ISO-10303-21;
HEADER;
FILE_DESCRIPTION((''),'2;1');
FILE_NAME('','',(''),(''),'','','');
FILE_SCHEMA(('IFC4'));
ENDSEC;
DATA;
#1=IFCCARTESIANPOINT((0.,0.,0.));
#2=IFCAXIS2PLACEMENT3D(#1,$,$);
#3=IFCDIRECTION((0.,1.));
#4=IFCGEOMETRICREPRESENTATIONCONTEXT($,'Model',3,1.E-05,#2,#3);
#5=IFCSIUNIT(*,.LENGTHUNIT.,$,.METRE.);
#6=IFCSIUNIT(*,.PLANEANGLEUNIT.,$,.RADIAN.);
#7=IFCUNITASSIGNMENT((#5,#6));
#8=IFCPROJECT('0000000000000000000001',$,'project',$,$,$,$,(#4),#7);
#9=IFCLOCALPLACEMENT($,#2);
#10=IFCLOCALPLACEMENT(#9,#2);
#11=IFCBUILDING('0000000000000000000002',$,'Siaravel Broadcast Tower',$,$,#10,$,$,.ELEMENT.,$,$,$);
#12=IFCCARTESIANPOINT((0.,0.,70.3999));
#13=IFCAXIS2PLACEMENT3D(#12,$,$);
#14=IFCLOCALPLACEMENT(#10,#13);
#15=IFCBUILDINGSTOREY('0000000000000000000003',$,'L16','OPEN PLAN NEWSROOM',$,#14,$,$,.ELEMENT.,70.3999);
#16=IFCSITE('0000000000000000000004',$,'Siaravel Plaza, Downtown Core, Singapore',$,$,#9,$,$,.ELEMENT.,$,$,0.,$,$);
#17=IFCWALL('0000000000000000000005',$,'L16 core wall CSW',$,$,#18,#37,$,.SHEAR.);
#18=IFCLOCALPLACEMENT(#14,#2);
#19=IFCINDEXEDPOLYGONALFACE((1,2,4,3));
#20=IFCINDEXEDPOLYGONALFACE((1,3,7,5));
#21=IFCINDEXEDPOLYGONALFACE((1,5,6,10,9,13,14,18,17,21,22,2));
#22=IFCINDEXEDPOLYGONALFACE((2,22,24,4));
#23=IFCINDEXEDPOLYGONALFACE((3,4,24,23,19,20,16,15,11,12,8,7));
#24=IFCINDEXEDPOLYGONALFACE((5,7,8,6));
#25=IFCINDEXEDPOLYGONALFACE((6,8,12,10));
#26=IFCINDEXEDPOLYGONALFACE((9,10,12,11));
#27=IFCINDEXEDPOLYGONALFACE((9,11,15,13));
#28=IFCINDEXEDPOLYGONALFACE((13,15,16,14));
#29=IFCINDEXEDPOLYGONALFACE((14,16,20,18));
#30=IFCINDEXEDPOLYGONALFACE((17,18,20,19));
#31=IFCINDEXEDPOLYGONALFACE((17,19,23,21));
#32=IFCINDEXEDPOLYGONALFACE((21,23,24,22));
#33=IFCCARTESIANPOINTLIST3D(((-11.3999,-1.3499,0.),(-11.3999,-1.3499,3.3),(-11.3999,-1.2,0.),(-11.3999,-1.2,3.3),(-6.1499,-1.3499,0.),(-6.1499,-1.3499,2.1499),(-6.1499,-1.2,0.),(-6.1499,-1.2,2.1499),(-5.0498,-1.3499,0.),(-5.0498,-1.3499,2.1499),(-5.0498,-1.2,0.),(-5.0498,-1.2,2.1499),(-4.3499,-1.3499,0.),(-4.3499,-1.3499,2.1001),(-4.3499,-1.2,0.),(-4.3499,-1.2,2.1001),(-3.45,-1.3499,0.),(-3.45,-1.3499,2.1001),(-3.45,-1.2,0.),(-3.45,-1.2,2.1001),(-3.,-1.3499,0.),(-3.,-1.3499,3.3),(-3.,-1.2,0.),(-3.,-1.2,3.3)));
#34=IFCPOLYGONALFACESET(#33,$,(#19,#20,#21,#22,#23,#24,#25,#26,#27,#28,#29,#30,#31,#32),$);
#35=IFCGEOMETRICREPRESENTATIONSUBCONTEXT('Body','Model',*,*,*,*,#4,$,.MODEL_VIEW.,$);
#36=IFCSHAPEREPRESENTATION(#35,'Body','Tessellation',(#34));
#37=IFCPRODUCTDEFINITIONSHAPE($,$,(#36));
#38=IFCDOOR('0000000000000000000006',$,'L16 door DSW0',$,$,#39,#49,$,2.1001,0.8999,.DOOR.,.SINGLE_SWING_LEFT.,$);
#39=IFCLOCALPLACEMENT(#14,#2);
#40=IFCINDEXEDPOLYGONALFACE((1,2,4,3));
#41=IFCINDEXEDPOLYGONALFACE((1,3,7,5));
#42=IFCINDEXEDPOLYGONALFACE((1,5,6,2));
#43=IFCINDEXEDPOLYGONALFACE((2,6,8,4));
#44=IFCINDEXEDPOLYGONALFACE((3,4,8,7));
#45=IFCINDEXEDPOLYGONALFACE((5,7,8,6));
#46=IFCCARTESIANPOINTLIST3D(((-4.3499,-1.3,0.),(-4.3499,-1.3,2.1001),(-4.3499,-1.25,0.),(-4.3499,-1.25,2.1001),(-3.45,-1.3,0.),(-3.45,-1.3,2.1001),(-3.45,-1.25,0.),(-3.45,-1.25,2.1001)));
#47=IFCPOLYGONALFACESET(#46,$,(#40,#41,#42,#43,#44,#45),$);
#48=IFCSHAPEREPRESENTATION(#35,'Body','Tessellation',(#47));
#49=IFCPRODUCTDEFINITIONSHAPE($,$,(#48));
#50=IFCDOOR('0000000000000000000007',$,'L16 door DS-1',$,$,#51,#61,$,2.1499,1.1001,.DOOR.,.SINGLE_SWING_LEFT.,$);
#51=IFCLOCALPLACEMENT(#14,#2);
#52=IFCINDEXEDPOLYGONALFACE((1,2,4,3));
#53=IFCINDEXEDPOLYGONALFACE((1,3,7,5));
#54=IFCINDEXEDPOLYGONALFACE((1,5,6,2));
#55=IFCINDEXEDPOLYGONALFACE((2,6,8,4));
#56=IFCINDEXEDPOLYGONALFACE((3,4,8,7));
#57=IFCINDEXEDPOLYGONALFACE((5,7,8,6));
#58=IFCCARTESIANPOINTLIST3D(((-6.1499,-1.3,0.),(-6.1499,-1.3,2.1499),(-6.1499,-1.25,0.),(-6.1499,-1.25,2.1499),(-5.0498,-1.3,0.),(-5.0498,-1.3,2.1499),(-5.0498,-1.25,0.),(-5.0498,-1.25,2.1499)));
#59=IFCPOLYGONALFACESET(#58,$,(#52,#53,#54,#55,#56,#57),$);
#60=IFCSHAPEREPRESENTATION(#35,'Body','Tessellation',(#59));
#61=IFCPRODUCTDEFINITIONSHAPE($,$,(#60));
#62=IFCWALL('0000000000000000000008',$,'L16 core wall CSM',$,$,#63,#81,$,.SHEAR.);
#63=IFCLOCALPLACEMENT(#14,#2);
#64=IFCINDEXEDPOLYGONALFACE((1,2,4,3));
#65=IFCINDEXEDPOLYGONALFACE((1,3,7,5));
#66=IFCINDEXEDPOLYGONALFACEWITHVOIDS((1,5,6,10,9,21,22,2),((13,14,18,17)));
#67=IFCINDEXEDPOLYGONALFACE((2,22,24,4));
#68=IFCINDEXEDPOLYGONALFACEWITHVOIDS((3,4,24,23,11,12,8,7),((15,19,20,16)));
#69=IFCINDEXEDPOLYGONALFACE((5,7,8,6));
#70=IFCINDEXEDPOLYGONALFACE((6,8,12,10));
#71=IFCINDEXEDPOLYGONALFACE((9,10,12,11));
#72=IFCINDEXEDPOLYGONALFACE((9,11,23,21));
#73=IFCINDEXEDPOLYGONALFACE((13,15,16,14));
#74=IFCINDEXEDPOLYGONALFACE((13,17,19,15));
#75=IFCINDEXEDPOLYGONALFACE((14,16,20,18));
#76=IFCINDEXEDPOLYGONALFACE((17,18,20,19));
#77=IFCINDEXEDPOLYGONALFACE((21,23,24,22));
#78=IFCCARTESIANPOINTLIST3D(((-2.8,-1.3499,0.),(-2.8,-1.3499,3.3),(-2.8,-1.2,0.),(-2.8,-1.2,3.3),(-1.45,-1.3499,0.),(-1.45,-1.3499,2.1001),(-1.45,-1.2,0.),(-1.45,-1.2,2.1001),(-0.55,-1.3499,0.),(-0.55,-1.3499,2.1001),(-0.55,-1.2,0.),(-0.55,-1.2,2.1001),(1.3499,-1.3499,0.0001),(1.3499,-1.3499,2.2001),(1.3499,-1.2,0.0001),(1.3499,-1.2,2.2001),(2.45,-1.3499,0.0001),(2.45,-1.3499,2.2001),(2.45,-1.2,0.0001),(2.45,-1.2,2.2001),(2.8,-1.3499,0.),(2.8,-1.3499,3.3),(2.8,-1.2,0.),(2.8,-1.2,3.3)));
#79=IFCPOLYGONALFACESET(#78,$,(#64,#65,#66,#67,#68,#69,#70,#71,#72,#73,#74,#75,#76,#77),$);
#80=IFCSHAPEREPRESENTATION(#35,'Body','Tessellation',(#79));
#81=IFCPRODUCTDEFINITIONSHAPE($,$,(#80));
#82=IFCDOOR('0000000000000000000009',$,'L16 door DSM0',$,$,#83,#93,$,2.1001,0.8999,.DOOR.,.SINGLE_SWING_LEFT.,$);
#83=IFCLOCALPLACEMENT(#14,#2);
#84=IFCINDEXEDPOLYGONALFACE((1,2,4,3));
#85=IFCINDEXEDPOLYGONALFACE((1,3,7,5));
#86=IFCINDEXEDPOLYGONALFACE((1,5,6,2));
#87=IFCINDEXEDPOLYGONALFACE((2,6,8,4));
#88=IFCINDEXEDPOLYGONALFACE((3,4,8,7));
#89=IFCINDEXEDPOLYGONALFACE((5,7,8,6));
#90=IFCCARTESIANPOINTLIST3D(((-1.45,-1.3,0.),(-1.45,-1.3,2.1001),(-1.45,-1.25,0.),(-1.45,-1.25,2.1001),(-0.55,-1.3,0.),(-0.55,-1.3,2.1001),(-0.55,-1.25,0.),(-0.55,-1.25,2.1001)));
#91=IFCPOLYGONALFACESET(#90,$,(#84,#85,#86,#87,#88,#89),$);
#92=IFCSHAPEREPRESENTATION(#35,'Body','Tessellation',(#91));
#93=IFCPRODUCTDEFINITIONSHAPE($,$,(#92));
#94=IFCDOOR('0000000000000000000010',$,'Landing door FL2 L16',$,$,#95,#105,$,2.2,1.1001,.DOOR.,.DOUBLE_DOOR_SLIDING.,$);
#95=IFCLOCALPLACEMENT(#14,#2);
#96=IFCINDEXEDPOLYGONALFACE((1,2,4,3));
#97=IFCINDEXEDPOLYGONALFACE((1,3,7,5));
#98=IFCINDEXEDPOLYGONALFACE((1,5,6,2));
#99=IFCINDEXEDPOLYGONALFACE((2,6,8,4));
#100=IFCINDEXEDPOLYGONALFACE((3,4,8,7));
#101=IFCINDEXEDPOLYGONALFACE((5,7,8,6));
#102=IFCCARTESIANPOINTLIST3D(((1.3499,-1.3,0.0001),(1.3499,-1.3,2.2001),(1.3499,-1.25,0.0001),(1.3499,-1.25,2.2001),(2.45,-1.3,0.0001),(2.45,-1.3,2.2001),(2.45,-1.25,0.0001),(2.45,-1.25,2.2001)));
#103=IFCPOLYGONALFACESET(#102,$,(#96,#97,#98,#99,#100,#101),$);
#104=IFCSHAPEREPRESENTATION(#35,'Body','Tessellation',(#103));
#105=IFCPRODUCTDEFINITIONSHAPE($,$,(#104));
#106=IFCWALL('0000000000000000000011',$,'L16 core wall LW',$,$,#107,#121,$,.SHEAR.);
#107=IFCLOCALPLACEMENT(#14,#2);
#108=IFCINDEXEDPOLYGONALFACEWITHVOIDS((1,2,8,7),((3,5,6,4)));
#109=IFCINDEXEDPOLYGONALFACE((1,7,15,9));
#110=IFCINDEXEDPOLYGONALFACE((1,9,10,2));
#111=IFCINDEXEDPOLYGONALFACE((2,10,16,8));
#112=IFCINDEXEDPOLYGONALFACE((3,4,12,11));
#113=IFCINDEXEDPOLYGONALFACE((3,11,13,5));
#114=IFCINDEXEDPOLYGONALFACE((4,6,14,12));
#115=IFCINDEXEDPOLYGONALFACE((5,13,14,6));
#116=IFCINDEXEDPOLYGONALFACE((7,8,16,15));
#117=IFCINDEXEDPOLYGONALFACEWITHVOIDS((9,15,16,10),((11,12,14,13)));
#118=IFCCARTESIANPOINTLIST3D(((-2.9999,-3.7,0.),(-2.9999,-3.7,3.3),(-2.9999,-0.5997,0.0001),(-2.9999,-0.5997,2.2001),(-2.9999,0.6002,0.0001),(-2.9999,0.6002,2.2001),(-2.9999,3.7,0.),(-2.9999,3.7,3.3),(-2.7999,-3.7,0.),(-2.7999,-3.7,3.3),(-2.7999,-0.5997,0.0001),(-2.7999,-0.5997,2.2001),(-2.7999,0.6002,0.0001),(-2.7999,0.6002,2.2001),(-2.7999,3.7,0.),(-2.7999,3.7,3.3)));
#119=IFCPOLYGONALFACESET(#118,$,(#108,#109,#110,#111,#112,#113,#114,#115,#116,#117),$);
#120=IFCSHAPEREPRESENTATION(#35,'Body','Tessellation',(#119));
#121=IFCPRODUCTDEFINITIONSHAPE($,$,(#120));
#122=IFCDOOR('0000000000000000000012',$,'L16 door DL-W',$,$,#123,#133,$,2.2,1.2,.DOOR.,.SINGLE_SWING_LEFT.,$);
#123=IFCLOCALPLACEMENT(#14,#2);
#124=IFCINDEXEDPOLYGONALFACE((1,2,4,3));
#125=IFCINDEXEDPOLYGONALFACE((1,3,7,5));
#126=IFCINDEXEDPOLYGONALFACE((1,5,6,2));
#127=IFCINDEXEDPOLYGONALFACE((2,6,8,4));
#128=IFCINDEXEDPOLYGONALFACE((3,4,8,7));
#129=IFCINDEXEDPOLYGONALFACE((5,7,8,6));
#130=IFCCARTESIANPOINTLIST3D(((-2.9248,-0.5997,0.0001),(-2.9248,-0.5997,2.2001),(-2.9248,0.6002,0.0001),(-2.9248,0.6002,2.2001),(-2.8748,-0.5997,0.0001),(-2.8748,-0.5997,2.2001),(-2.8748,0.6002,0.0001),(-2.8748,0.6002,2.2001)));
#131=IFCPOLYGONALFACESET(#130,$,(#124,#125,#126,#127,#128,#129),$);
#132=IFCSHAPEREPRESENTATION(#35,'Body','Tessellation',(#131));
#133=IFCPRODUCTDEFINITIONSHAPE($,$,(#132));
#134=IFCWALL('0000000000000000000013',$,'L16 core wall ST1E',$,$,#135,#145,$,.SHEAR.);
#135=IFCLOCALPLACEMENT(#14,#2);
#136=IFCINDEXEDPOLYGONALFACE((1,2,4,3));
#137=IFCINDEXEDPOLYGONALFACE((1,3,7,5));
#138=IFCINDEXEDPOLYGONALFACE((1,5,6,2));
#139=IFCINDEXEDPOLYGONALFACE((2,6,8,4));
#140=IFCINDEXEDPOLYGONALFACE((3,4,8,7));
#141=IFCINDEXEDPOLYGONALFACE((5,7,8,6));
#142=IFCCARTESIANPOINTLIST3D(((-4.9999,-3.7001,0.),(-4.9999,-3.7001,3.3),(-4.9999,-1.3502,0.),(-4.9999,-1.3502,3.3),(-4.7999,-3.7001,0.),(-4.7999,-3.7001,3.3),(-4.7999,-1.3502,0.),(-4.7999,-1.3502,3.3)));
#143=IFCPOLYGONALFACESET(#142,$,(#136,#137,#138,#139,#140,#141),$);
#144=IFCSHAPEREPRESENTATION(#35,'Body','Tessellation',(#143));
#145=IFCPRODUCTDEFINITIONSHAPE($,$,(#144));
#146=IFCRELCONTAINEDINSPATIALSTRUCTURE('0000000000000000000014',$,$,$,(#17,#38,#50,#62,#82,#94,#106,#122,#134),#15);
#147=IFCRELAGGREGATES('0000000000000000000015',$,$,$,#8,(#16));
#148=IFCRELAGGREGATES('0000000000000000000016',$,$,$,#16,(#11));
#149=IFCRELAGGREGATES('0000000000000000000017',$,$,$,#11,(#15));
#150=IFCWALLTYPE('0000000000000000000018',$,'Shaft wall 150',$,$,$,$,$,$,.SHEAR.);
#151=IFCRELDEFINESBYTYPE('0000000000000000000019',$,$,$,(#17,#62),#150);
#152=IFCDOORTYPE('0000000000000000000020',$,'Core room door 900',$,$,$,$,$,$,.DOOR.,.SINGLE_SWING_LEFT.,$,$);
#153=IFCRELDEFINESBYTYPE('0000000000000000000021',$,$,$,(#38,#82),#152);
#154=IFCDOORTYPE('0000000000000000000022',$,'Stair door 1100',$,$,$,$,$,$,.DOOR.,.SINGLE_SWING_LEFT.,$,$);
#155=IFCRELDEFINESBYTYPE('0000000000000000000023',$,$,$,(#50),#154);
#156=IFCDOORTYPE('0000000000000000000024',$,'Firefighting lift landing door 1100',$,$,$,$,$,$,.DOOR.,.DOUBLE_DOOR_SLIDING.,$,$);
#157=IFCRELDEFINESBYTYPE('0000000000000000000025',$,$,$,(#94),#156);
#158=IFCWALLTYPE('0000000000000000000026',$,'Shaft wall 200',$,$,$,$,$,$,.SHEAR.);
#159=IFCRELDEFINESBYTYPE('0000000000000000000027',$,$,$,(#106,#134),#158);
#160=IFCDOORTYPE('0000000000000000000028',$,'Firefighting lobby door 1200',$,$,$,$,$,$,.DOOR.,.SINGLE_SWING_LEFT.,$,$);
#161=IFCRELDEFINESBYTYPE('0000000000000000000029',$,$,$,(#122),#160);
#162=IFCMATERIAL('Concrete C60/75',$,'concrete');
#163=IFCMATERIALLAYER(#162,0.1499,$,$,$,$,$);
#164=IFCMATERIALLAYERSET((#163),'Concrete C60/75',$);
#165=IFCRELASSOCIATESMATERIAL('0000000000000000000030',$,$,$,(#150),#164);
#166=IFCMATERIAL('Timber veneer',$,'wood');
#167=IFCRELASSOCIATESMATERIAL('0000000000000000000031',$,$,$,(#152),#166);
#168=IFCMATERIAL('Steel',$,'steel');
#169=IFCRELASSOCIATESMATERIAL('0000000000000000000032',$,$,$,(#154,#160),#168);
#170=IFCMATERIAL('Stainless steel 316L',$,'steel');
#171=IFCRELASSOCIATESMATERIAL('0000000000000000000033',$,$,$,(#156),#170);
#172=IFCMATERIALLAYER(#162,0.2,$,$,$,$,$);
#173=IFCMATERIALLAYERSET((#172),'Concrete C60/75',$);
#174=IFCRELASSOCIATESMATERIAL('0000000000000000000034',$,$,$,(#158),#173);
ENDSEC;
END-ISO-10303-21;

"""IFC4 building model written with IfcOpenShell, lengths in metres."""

from ifc_helpers import new_model, si_unit, direction, frame, frame_2d, origin, place, context, subcontext, project, spatial, rectangle, extrude, material, layer, layer_set, type_object, element, fill, save


model = new_model("IFC4")

# Units and contexts
model_context = context("Model", 3, precision=1e-05, world=origin(), true_north=direction((0.0, 1.0)))
body_context = subcontext(model_context, "Body", "Model", "MODEL_VIEW")
ifc_project = project(units=[si_unit("LENGTHUNIT", "METRE"), si_unit("PLANEANGLEUNIT", "RADIAN")], contexts=[model_context])

# Site, building, storey
site_placement = place(None, origin())
site = spatial("IfcSite", under=ifc_project, at=site_placement, Name="Siaravel Plaza, Downtown Core, Singapore", CompositionType="ELEMENT", RefElevation=0.0)
building_placement = place(site_placement, origin())
building = spatial("IfcBuilding", under=site, at=building_placement, Name="Siaravel Broadcast Tower", CompositionType="ELEMENT")
storey_placement = place(building_placement, frame((0.0, 0.0, 70.3999)))
storey = spatial("IfcBuildingStorey", under=building, at=storey_placement, Name="L16", Description="OPEN PLAN NEWSROOM", CompositionType="ELEMENT", Elevation=70.3999)

# Shared definitions
ifc_material_1 = material(Name="Timber veneer", Category="wood")

# Walls, openings, doors
ifc_material_2 = material(Name="Concrete C60/75", Category="concrete")
ifc_layer_1 = layer(ifc_material_2, 0.1499)
ifc_layer_set_1 = layer_set([ifc_layer_1], Name="Concrete C60/75")
wall_type_1 = type_object("IfcWallType", Name="Shaft wall 150", PredefinedType="SHEAR", material=ifc_layer_set_1)
wall_1_placement = place(storey_placement, frame((-11.3999, -1.2749, 0.0), z_axis=(0.0, 0.0, 1.0), x_axis=(1.0, 0.0, 0.0)))
wall_1 = element("IfcWall", 1, at=wall_1_placement, inside=storey, type_object=wall_type_1, Name="L16 core wall CSW", PredefinedType="SHEAR", context=body_context, shape_type="SweptSolid", body=[
    extrude(rectangle(XDim=8.3999, YDim=0.1499, at=frame_2d((4.2, 0.0))), origin(), (0.0, 0.0, 1.0), 3.3),
])
opening_1_placement = place(wall_1_placement, frame((5.25, 0.0, 0.0)))
opening_1 = element("IfcOpeningElement", 2, at=opening_1_placement, cuts=wall_1, PredefinedType="OPENING", context=body_context, shape_type="SweptSolid", body=[
    extrude(rectangle(XDim=1.1001, YDim=2.1499, at=frame_2d((0.55, 1.075))), frame((0.0, 0.085, 0.0), z_axis=(0.0, -1.0, 0.0), x_axis=(1.0, 0.0, 0.0)), (0.0, 0.0, 1.0), 0.1699),
])
opening_2_placement = place(wall_1_placement, frame((7.05, 0.0, 0.0)))
opening_2 = element("IfcOpeningElement", 3, at=opening_2_placement, cuts=wall_1, PredefinedType="OPENING", context=body_context, shape_type="SweptSolid", body=[
    extrude(rectangle(XDim=0.8999, YDim=2.1001, at=frame_2d((0.45, 1.05))), frame((0.0, 0.085, 0.0), z_axis=(0.0, -1.0, 0.0), x_axis=(1.0, 0.0, 0.0)), (0.0, 0.0, 1.0), 0.1699),
])
door_type_1 = type_object("IfcDoorType", Name="Core room door 900", OperationType="SINGLE_SWING_LEFT", PredefinedType="DOOR", material=ifc_material_1)
door_1_placement = place(opening_2_placement, origin())
door_1 = element("IfcDoor", 4, at=door_1_placement, inside=storey, type_object=door_type_1, Name="L16 door DSW0", OperationType="SINGLE_SWING_LEFT", OverallHeight=2.1001, OverallWidth=0.8999, PredefinedType="DOOR", context=body_context, shape_type="SweptSolid", body=[
    extrude(rectangle(XDim=0.8999, YDim=2.1001, at=frame_2d((0.45, 1.05))), frame((0.0, 0.0249, 0.0), z_axis=(0.0, -1.0, 0.0), x_axis=(1.0, 0.0, 0.0)), (0.0, 0.0, 1.0), 0.05),
])
fill(opening_2, door_1)
ifc_material_3 = material(Name="Steel", Category="steel")
door_type_2 = type_object("IfcDoorType", Name="Stair door 1100", OperationType="SINGLE_SWING_LEFT", PredefinedType="DOOR", material=ifc_material_3)
door_2_placement = place(opening_1_placement, origin())
door_2 = element("IfcDoor", 5, at=door_2_placement, inside=storey, type_object=door_type_2, Name="L16 door DS-1", OperationType="SINGLE_SWING_LEFT", OverallHeight=2.1499, OverallWidth=1.1001, PredefinedType="DOOR", context=body_context, shape_type="SweptSolid", body=[
    extrude(rectangle(XDim=1.1001, YDim=2.1499, at=frame_2d((0.55, 1.075))), frame((0.0, 0.0249, 0.0), z_axis=(0.0, -1.0, 0.0), x_axis=(1.0, 0.0, 0.0)), (0.0, 0.0, 1.0), 0.05),
])
fill(opening_1, door_2)
wall_2_placement = place(storey_placement, frame((-2.8, -1.2749, 0.0), z_axis=(0.0, 0.0, 1.0), x_axis=(1.0, 0.0, 0.0)))
wall_2 = element("IfcWall", 6, at=wall_2_placement, inside=storey, type_object=wall_type_1, Name="L16 core wall CSM", PredefinedType="SHEAR", context=body_context, shape_type="SweptSolid", body=[
    extrude(rectangle(XDim=5.6001, YDim=0.1499, at=frame_2d((2.8, 0.0))), origin(), (0.0, 0.0, 1.0), 3.3),
])
opening_3_placement = place(wall_2_placement, frame((4.1499, 0.0, 0.0)))
opening_3 = element("IfcOpeningElement", 7, at=opening_3_placement, cuts=wall_2, PredefinedType="OPENING", context=body_context, shape_type="SweptSolid", body=[
    extrude(rectangle(XDim=1.1001, YDim=2.2, at=frame_2d((0.55, 1.1001))), frame((0.0, 0.085, 0.0), z_axis=(0.0, -1.0, 0.0), x_axis=(1.0, 0.0, 0.0)), (0.0, 0.0, 1.0), 0.1699),
])
opening_4_placement = place(wall_2_placement, frame((1.3501, 0.0, 0.0)))
opening_4 = element("IfcOpeningElement", 8, at=opening_4_placement, cuts=wall_2, PredefinedType="OPENING", context=body_context, shape_type="SweptSolid", body=[
    extrude(rectangle(XDim=0.8999, YDim=2.1001, at=frame_2d((0.45, 1.05))), frame((0.0, 0.085, 0.0), z_axis=(0.0, -1.0, 0.0), x_axis=(1.0, 0.0, 0.0)), (0.0, 0.0, 1.0), 0.1699),
])
door_3_placement = place(opening_4_placement, origin())
door_3 = element("IfcDoor", 9, at=door_3_placement, inside=storey, type_object=door_type_1, Name="L16 door DSM0", OperationType="SINGLE_SWING_LEFT", OverallHeight=2.1001, OverallWidth=0.8999, PredefinedType="DOOR", context=body_context, shape_type="SweptSolid", body=[
    extrude(rectangle(XDim=0.8999, YDim=2.1001, at=frame_2d((0.45, 1.05))), frame((0.0, 0.0249, 0.0), z_axis=(0.0, -1.0, 0.0), x_axis=(1.0, 0.0, 0.0)), (0.0, 0.0, 1.0), 0.05),
])
fill(opening_4, door_3)
ifc_material_4 = material(Name="Stainless steel 316L", Category="steel")
door_type_3 = type_object("IfcDoorType", Name="Firefighting lift landing door 1100", OperationType="DOUBLE_DOOR_SLIDING", PredefinedType="DOOR", material=ifc_material_4)
door_4_placement = place(opening_3_placement, origin())
door_4 = element("IfcDoor", 10, at=door_4_placement, inside=storey, type_object=door_type_3, Name="Landing door FL2 L16", OperationType="DOUBLE_DOOR_SLIDING", OverallHeight=2.2, OverallWidth=1.1001, PredefinedType="DOOR", context=body_context, shape_type="SweptSolid", body=[
    extrude(rectangle(XDim=1.1001, YDim=2.2, at=frame_2d((0.55, 1.1001))), frame((0.0, 0.0249, 0.0), z_axis=(0.0, -1.0, 0.0), x_axis=(1.0, 0.0, 0.0)), (0.0, 0.0, 1.0), 0.05),
])
fill(opening_3, door_4)

# Wall, opening, door
ifc_layer_2 = layer(ifc_material_2, 0.2)
ifc_layer_set_2 = layer_set([ifc_layer_2], Name="Concrete C60/75")
wall_type_2 = type_object("IfcWallType", Name="Shaft wall 200", PredefinedType="SHEAR", material=ifc_layer_set_2)
wall_3_placement = place(storey_placement, frame((-2.8999, -3.7, 0.0), z_axis=(0.0, 0.0, 1.0), x_axis=(0.0, 1.0, 0.0)))
wall_3 = element("IfcWall", 11, at=wall_3_placement, inside=storey, type_object=wall_type_2, Name="L16 core wall LW", PredefinedType="SHEAR", context=body_context, shape_type="SweptSolid", body=[
    extrude(rectangle(XDim=7.3999, YDim=0.2, at=frame_2d((3.7, 0.0))), origin(), (0.0, 0.0, 1.0), 3.3),
])
opening_5_placement = place(wall_3_placement, frame((3.1001, 0.0, 0.0)))
opening_5 = element("IfcOpeningElement", 12, at=opening_5_placement, cuts=wall_3, PredefinedType="OPENING", context=body_context, shape_type="SweptSolid", body=[
    extrude(rectangle(XDim=1.2, YDim=2.2, at=frame_2d((0.6001, 1.1001))), frame((0.0, 0.1099, 0.0), z_axis=(0.0, -1.0, 0.0), x_axis=(1.0, 0.0, 0.0)), (0.0, 0.0, 1.0), 0.22),
])
door_type_4 = type_object("IfcDoorType", Name="Firefighting lobby door 1200", OperationType="SINGLE_SWING_LEFT", PredefinedType="DOOR", material=ifc_material_3)
door_5_placement = place(opening_5_placement, origin())
door_5 = element("IfcDoor", 13, at=door_5_placement, inside=storey, type_object=door_type_4, Name="L16 door DL-W", OperationType="SINGLE_SWING_LEFT", OverallHeight=2.2, OverallWidth=1.2, PredefinedType="DOOR", context=body_context, shape_type="SweptSolid", body=[
    extrude(rectangle(XDim=1.2, YDim=2.2, at=frame_2d((0.6001, 1.1001))), frame((0.0, 0.0249, 0.0), z_axis=(0.0, -1.0, 0.0), x_axis=(1.0, 0.0, 0.0)), (0.0, 0.0, 1.0), 0.05),
])
fill(opening_5, door_5)

# Wall
wall_4_placement = place(storey_placement, frame((-4.8999, -3.7, 0.0), z_axis=(0.0, 0.0, 1.0), x_axis=(0.0, 1.0, 0.0)))
element("IfcWall", 14, at=wall_4_placement, inside=storey, type_object=wall_type_2, Name="L16 core wall ST1E", PredefinedType="SHEAR", context=body_context, shape_type="SweptSolid", body=[
    extrude(rectangle(XDim=2.3499, YDim=0.2, at=frame_2d((1.1748, 0.0))), origin(), (0.0, 0.0, 1.0), 3.3),
])

save(model, "model.ifc")
